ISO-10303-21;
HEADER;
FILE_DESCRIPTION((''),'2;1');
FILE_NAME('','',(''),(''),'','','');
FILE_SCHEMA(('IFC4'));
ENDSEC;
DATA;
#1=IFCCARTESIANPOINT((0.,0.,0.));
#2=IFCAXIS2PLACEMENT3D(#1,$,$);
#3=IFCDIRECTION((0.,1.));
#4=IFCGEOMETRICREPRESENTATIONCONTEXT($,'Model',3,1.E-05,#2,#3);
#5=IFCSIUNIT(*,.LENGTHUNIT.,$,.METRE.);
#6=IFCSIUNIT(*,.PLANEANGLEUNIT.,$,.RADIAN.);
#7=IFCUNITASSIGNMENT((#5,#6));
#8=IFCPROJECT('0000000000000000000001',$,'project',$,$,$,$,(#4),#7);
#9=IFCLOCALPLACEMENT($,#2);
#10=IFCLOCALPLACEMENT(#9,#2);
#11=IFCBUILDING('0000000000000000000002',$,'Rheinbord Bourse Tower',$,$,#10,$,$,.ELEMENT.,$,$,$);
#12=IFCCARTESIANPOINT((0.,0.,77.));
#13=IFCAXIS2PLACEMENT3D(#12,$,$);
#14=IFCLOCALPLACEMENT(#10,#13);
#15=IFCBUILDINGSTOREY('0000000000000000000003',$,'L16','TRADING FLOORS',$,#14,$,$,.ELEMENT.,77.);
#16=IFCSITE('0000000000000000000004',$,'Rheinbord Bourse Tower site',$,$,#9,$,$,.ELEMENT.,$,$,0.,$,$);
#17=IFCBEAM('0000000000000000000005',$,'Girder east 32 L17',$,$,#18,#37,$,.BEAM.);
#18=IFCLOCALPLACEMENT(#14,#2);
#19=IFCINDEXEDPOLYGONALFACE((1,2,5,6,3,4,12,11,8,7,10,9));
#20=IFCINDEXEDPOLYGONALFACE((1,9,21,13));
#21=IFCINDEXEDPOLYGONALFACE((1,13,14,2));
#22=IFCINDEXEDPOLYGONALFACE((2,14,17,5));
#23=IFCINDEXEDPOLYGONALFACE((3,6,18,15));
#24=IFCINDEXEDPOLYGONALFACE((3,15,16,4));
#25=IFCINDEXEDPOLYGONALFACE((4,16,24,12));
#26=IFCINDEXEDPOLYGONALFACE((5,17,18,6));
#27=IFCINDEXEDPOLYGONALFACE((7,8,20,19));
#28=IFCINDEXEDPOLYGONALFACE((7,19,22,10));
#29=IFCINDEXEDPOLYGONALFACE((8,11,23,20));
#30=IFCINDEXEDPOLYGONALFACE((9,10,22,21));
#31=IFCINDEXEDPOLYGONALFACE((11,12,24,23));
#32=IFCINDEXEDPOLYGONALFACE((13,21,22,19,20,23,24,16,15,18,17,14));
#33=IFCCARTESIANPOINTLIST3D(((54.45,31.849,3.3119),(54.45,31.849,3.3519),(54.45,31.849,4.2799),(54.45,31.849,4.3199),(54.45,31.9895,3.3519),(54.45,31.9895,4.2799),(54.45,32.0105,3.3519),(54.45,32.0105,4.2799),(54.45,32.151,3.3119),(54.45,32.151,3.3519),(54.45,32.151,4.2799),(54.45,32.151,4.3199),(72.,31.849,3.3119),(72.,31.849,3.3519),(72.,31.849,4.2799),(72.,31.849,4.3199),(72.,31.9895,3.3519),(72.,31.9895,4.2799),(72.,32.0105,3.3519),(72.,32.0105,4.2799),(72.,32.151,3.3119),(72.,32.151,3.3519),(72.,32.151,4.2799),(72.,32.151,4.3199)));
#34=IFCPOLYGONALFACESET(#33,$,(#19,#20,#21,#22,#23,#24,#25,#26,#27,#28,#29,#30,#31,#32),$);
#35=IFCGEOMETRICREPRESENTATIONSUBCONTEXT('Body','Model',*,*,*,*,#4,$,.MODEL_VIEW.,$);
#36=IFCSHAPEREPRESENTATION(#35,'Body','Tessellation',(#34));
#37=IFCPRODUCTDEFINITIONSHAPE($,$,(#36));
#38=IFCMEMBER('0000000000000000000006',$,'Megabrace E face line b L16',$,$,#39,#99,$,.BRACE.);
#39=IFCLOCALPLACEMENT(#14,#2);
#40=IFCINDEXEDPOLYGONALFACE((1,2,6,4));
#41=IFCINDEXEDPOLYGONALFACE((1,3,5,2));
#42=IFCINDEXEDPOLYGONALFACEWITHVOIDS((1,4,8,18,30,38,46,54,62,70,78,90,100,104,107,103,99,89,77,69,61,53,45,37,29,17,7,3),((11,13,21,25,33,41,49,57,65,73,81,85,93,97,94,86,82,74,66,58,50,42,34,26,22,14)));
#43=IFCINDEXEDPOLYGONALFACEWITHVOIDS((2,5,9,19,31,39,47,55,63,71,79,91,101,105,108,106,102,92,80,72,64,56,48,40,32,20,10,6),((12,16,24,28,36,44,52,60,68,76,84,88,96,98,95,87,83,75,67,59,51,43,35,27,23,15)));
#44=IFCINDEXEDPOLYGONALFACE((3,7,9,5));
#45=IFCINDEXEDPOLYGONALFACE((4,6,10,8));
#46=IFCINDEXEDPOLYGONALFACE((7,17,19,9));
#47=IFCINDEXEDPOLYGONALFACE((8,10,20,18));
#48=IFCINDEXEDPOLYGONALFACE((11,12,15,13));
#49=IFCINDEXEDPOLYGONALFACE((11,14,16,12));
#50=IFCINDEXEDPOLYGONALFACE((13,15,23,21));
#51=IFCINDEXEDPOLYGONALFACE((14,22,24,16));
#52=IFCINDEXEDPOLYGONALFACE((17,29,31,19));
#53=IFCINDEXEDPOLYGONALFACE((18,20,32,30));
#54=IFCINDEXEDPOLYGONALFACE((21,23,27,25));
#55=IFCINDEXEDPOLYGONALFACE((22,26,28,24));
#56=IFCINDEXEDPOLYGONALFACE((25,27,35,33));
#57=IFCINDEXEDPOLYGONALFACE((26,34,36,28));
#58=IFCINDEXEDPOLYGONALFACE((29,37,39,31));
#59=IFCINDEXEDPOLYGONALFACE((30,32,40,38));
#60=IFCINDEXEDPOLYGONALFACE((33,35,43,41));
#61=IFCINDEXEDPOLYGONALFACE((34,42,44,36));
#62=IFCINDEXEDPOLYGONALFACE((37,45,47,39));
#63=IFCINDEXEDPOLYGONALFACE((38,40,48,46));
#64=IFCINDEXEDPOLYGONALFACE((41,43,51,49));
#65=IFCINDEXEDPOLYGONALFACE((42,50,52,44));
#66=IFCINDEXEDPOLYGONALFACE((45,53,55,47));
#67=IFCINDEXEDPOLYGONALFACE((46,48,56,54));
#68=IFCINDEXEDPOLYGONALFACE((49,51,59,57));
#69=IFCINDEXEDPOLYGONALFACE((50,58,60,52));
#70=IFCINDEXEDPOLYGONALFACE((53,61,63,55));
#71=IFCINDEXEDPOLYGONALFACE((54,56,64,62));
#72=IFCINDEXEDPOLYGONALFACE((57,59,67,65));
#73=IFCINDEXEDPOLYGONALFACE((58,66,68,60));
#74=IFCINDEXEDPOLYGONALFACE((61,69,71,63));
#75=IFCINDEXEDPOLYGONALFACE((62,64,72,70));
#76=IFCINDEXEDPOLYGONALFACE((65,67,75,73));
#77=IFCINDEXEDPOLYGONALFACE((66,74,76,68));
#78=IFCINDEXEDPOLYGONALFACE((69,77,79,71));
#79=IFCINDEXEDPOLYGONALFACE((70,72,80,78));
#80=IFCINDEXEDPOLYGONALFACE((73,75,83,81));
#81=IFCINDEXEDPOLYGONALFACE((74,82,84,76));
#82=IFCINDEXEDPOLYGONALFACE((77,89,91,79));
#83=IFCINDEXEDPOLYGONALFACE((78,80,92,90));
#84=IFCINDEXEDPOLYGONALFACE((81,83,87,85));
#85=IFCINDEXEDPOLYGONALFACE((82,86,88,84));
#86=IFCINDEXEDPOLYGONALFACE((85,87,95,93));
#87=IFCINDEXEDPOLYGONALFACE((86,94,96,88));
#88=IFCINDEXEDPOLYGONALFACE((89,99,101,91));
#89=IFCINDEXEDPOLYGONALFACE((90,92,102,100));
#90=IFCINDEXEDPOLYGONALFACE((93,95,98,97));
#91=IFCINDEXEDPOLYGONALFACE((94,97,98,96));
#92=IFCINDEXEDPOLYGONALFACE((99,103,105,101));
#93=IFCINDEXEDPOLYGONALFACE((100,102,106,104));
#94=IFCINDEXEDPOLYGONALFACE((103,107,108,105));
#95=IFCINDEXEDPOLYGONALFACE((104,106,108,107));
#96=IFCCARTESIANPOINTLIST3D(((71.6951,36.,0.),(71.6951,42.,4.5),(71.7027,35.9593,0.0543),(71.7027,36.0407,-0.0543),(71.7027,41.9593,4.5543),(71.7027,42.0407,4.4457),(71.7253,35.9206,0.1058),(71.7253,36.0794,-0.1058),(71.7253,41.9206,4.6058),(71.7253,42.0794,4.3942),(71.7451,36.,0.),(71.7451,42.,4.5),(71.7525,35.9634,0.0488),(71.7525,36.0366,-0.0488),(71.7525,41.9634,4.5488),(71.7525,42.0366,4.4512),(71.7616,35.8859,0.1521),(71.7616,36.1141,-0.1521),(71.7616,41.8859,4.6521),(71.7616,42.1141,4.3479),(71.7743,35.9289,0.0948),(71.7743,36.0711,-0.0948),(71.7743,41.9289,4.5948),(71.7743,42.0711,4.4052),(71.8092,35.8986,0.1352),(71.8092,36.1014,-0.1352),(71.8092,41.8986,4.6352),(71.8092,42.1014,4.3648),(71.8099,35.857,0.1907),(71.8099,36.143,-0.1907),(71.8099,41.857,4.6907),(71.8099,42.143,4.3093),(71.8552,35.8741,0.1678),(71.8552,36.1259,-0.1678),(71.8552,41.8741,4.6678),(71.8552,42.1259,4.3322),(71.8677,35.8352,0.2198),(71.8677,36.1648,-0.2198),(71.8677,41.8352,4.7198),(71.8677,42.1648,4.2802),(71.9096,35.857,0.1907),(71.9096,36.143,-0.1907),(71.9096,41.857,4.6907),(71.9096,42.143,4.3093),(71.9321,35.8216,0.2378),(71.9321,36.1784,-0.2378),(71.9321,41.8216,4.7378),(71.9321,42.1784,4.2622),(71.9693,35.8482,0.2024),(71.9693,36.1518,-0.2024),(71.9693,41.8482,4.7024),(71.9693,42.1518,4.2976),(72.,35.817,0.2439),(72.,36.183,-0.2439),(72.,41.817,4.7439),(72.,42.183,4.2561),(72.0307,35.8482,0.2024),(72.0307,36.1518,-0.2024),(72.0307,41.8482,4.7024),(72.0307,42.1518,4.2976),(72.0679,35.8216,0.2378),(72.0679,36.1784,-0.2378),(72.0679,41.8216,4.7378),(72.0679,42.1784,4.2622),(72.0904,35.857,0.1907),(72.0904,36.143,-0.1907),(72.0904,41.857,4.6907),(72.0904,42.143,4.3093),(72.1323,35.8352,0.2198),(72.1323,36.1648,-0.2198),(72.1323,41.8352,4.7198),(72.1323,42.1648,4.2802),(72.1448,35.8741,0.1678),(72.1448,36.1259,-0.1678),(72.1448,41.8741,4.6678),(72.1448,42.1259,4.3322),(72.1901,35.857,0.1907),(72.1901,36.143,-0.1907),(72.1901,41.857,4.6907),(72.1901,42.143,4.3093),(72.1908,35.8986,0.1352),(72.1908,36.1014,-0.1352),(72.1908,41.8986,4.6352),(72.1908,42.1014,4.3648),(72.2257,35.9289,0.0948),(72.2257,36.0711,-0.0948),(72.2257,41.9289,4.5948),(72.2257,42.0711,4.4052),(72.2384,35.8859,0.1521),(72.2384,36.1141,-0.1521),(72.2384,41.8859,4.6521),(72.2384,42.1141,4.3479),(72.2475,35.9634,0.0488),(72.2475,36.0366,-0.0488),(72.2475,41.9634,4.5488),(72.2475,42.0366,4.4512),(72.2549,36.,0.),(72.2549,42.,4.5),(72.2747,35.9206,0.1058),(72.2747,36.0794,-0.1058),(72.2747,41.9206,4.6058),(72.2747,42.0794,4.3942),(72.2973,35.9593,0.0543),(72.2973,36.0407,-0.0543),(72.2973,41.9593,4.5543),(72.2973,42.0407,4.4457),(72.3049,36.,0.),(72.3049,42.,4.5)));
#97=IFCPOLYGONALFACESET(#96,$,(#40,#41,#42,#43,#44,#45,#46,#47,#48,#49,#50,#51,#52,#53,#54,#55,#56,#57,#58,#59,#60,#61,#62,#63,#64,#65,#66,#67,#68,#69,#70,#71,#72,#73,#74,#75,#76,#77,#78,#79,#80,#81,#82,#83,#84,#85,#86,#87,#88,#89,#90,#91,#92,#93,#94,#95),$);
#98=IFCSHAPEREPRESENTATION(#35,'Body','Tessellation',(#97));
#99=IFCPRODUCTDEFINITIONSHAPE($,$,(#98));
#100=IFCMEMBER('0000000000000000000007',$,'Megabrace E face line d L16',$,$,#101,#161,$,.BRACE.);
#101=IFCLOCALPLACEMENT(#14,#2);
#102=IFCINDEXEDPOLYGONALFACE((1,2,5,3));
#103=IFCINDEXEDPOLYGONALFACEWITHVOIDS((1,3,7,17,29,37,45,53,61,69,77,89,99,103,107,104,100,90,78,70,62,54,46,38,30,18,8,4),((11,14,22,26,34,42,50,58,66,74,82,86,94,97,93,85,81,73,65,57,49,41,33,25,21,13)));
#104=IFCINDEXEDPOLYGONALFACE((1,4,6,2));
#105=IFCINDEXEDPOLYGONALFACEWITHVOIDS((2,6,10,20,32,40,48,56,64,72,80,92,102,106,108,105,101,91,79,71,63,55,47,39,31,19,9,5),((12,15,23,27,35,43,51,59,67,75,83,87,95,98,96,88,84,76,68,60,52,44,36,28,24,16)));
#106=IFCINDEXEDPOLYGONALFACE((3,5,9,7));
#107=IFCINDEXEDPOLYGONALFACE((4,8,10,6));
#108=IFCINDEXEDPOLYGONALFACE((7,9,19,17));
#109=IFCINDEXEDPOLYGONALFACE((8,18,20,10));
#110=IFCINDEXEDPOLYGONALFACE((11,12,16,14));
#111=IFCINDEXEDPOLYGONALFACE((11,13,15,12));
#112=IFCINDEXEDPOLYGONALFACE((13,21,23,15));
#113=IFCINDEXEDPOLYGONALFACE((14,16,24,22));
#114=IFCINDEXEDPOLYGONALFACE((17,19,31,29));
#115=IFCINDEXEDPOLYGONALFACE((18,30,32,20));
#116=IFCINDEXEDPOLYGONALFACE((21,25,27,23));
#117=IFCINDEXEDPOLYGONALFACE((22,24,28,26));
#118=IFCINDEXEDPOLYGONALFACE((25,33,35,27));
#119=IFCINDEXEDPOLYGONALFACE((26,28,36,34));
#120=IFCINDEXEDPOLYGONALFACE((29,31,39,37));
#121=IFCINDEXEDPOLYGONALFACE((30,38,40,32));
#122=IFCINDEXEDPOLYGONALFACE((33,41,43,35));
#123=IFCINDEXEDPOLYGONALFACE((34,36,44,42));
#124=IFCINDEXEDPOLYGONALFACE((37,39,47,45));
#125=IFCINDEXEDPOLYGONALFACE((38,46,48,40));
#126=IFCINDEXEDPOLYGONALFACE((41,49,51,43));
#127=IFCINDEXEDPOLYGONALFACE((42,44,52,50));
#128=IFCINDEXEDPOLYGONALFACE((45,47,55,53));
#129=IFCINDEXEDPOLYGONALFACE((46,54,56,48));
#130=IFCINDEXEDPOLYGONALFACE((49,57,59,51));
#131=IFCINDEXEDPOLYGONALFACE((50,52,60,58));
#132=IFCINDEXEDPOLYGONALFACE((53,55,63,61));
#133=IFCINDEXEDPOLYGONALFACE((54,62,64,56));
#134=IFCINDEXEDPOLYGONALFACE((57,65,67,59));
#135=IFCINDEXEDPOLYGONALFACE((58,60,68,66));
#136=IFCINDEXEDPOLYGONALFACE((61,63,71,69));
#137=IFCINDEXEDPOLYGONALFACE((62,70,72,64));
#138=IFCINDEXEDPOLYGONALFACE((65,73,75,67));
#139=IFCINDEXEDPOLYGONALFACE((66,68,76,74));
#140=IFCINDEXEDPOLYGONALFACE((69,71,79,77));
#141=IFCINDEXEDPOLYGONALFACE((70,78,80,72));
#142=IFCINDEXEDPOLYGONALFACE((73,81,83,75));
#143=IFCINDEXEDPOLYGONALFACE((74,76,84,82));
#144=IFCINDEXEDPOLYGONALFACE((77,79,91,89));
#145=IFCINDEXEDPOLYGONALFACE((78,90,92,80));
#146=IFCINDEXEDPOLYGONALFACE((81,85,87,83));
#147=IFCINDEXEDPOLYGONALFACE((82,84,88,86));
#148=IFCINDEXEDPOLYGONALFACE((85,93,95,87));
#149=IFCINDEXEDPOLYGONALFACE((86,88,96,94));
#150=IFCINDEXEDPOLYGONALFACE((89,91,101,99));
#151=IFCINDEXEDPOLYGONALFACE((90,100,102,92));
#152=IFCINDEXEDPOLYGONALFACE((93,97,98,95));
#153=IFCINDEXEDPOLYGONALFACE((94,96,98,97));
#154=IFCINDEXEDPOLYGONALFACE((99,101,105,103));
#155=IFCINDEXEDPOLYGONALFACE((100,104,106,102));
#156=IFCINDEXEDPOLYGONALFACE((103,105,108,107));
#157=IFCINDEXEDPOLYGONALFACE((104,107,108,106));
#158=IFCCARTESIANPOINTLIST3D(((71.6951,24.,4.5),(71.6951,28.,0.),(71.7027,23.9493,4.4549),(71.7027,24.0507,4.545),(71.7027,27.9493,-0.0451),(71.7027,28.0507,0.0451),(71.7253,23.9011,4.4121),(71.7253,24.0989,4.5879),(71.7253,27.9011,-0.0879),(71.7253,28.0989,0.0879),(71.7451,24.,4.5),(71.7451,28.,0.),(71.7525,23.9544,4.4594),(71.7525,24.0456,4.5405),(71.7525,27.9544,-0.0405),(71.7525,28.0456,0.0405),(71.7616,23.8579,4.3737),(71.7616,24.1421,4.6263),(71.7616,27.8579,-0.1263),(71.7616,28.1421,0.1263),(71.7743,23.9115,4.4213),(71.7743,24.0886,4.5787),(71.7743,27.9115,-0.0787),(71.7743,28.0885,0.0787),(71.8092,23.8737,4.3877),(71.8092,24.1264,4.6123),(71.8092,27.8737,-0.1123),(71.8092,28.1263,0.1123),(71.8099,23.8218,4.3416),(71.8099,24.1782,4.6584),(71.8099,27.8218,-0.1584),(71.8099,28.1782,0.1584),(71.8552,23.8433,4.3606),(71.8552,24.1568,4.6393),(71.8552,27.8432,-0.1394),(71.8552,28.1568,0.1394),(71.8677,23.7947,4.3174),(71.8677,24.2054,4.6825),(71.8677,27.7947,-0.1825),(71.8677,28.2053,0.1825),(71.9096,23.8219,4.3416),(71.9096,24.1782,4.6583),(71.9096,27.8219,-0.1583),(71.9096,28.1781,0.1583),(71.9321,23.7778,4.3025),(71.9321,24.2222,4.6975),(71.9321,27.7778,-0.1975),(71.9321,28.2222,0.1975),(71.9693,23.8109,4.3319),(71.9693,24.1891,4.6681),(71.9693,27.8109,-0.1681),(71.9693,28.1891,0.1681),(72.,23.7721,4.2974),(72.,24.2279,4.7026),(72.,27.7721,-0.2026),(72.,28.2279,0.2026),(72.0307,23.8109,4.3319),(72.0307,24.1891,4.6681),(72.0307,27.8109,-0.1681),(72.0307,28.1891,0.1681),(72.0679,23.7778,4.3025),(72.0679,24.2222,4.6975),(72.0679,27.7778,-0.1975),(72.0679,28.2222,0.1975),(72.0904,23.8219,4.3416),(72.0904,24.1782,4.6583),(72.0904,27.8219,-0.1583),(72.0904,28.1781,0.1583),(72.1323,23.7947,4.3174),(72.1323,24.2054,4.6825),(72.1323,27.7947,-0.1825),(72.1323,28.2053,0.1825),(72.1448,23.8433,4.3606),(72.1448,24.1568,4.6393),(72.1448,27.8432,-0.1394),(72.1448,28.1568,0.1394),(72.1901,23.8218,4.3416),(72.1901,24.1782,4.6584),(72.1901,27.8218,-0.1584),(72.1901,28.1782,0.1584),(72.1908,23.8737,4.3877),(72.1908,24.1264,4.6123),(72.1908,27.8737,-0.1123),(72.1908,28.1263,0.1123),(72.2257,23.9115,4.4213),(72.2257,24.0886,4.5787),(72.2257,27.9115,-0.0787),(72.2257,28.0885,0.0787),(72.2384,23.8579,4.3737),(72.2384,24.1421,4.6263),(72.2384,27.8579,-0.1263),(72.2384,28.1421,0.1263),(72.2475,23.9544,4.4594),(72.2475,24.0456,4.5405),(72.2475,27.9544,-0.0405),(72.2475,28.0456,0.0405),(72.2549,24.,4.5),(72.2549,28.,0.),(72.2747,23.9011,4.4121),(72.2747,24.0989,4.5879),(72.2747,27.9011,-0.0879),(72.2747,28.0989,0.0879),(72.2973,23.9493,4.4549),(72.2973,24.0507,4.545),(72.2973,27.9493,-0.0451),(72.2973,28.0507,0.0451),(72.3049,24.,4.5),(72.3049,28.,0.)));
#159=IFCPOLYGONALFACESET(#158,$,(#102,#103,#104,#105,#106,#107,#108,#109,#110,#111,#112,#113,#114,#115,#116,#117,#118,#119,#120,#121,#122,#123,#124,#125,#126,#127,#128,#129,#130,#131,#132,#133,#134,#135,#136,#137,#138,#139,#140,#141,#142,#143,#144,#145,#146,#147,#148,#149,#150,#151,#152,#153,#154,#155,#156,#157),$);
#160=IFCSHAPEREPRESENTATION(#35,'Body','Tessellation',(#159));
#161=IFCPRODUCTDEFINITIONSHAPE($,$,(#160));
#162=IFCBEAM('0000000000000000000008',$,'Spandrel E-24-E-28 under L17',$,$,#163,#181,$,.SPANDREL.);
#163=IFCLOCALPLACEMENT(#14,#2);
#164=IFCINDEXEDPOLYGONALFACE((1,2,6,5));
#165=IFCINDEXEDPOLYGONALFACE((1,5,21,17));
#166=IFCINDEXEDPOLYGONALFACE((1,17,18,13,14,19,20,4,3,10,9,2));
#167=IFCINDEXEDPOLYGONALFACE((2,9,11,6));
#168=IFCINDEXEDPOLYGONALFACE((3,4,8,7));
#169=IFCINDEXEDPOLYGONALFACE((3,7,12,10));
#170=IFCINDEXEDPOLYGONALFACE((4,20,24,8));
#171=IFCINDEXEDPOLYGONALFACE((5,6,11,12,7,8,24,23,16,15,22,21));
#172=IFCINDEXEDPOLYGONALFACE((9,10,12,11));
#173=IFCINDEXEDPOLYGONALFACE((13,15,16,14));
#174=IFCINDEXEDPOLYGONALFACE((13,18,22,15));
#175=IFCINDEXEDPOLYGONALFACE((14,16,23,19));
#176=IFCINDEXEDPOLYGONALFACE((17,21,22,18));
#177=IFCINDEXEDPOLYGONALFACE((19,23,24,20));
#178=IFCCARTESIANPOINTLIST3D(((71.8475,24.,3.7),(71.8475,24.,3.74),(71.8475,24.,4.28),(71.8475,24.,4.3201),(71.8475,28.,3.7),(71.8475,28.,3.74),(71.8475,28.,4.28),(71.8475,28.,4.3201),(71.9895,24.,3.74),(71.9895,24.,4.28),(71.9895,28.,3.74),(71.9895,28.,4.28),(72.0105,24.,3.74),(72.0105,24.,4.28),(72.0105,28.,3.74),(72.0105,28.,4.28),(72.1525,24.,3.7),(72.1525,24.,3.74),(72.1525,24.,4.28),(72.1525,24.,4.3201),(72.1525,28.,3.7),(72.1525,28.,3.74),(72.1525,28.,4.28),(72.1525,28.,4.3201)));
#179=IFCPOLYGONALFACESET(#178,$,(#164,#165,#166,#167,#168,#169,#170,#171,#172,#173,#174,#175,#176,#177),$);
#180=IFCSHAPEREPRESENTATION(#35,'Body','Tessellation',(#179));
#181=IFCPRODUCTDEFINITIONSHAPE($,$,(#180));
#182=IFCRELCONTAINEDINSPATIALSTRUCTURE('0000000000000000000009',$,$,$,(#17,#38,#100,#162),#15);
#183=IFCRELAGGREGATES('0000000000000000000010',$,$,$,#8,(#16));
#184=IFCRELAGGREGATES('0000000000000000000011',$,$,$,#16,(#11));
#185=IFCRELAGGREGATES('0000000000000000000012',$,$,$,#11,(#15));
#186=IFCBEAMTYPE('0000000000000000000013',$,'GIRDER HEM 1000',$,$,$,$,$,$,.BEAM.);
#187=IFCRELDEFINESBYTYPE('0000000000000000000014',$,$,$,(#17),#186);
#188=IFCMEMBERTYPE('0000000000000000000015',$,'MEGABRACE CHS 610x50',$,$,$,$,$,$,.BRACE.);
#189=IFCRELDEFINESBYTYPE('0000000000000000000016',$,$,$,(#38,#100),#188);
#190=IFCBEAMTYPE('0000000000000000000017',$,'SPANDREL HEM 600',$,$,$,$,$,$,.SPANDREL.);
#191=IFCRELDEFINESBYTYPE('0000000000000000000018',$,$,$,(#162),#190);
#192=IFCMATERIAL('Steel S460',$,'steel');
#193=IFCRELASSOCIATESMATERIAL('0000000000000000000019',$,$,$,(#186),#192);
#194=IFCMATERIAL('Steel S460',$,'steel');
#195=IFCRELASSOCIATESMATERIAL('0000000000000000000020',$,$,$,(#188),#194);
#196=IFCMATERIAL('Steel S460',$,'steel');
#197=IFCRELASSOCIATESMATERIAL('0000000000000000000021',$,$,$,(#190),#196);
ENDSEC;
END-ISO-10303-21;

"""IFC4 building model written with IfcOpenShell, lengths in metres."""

from ifc_helpers import new_model, si_unit, direction, frame, origin, origin_2d, place, context, subcontext, project, spatial, hollow_circle, i_section, extrude, material, material_profile, profile_set, type_object, element, save


model = new_model("IFC4")

# Units and contexts
model_context = context("Model", 3, precision=1e-05, world=origin(), true_north=direction((0.0, 1.0)))
body_context = subcontext(model_context, "Body", "Model", "MODEL_VIEW")
ifc_project = project(units=[si_unit("LENGTHUNIT", "METRE"), si_unit("PLANEANGLEUNIT", "RADIAN")], contexts=[model_context])

# Site, building, storey
site_placement = place(None, origin())
site = spatial("IfcSite", under=ifc_project, at=site_placement, Name="Rheinbord Bourse Tower site", CompositionType="ELEMENT", RefElevation=0.0)
building_placement = place(site_placement, origin())
building = spatial("IfcBuilding", under=site, at=building_placement, Name="Rheinbord Bourse Tower", CompositionType="ELEMENT")
storey_placement = place(building_placement, frame((0.0, 0.0, 77.0)))
storey = spatial("IfcBuildingStorey", under=building, at=storey_placement, Name="L16", Description="TRADING FLOORS", CompositionType="ELEMENT", Elevation=77.0)

# Beam
ifc_material_1 = material(Name="Steel S460", Category="steel")
ifc_material_profile_1 = material_profile(ifc_material_1, i_section(OverallWidth=0.302, OverallDepth=1.0081, WebThickness=0.021, FlangeThickness=0.04, at=origin_2d()), Name="HEM 1000")
ifc_profile_set_1 = profile_set([ifc_material_profile_1], Name="Steel S460")
beam_type_1 = type_object("IfcBeamType", Name="GIRDER HEM 1000", PredefinedType="BEAM", material=ifc_profile_set_1)
beam_1_placement = place(storey_placement, frame((54.45, 32.0, 3.8159), z_axis=(1.0, 0.0, 0.0), x_axis=(0.0, 1.0, 0.0)))
element("IfcBeam", 1, at=beam_1_placement, inside=storey, type_object=beam_type_1, Name="Girder east 32 L17", PredefinedType="BEAM", context=body_context, shape_type="SweptSolid", body=[
    extrude(i_section(OverallWidth=0.302, OverallDepth=1.0081, WebThickness=0.021, FlangeThickness=0.04, at=origin_2d()), origin(), (0.0, 0.0, 1.0), 17.55),
])

# Members
ifc_material_2 = material(Name="Steel S460", Category="steel")
ifc_material_profile_2 = material_profile(ifc_material_2, hollow_circle(Radius=0.3049, WallThickness=0.05, at=origin_2d()), Name="CHS 610x50")
ifc_profile_set_2 = profile_set([ifc_material_profile_2], Name="Steel S460")
member_type_1 = type_object("IfcMemberType", Name="MEGABRACE CHS 610x50", PredefinedType="BRACE", material=ifc_profile_set_2)
member_1_placement = place(storey_placement, frame((72.0, 36.0, 0.0), z_axis=(0.0, 0.8, 0.6), x_axis=(-1.0, 0.0, 0.0)))
element("IfcMember", 2, at=member_1_placement, inside=storey, type_object=member_type_1, Name="Megabrace E face line b L16", PredefinedType="BRACE", context=body_context, shape_type="SweptSolid", body=[
    extrude(hollow_circle(Radius=0.3049, WallThickness=0.05, at=origin_2d()), origin(), (0.0, 0.0, 1.0), 7.5),
])
member_2_placement = place(storey_placement, frame((72.0, 28.0, 0.0), z_axis=(0.0, -0.664364, 0.747409), x_axis=(1.0, 0.0, 0.0)))
element("IfcMember", 3, at=member_2_placement, inside=storey, type_object=member_type_1, Name="Megabrace E face line d L16", PredefinedType="BRACE", context=body_context, shape_type="SweptSolid", body=[
    extrude(hollow_circle(Radius=0.3049, WallThickness=0.05, at=origin_2d()), origin(), (0.0, 0.0, 1.0), 6.0208),
])

# Beam
ifc_material_3 = material(Name="Steel S460", Category="steel")
ifc_material_profile_3 = material_profile(ifc_material_3, i_section(OverallWidth=0.3049, OverallDepth=0.6201, WebThickness=0.021, FlangeThickness=0.04, at=origin_2d()), Name="HEM 600")
ifc_profile_set_3 = profile_set([ifc_material_profile_3], Name="Steel S460")
beam_type_2 = type_object("IfcBeamType", Name="SPANDREL HEM 600", PredefinedType="SPANDREL", material=ifc_profile_set_3)
for number, where, z_axis, x_axis, name in (
    (4, (72.0, 24.0, 4.01), (0.0, 1.0, 0.0), (-1.0, 0.0, 0.0), "Spandrel E-24-E-28 under L17"),
):
    element("IfcBeam", number, at=place(storey_placement, frame(where, z_axis=z_axis, x_axis=x_axis)), inside=storey, type_object=beam_type_2, Name=name, PredefinedType="SPANDREL", context=body_context, shape_type="SweptSolid", body=[
        extrude(i_section(OverallWidth=0.3049, OverallDepth=0.6201, WebThickness=0.021, FlangeThickness=0.04, at=origin_2d()), origin(), (0.0, 0.0, 1.0), 4.0),
    ])

save(model, "model.ifc")
